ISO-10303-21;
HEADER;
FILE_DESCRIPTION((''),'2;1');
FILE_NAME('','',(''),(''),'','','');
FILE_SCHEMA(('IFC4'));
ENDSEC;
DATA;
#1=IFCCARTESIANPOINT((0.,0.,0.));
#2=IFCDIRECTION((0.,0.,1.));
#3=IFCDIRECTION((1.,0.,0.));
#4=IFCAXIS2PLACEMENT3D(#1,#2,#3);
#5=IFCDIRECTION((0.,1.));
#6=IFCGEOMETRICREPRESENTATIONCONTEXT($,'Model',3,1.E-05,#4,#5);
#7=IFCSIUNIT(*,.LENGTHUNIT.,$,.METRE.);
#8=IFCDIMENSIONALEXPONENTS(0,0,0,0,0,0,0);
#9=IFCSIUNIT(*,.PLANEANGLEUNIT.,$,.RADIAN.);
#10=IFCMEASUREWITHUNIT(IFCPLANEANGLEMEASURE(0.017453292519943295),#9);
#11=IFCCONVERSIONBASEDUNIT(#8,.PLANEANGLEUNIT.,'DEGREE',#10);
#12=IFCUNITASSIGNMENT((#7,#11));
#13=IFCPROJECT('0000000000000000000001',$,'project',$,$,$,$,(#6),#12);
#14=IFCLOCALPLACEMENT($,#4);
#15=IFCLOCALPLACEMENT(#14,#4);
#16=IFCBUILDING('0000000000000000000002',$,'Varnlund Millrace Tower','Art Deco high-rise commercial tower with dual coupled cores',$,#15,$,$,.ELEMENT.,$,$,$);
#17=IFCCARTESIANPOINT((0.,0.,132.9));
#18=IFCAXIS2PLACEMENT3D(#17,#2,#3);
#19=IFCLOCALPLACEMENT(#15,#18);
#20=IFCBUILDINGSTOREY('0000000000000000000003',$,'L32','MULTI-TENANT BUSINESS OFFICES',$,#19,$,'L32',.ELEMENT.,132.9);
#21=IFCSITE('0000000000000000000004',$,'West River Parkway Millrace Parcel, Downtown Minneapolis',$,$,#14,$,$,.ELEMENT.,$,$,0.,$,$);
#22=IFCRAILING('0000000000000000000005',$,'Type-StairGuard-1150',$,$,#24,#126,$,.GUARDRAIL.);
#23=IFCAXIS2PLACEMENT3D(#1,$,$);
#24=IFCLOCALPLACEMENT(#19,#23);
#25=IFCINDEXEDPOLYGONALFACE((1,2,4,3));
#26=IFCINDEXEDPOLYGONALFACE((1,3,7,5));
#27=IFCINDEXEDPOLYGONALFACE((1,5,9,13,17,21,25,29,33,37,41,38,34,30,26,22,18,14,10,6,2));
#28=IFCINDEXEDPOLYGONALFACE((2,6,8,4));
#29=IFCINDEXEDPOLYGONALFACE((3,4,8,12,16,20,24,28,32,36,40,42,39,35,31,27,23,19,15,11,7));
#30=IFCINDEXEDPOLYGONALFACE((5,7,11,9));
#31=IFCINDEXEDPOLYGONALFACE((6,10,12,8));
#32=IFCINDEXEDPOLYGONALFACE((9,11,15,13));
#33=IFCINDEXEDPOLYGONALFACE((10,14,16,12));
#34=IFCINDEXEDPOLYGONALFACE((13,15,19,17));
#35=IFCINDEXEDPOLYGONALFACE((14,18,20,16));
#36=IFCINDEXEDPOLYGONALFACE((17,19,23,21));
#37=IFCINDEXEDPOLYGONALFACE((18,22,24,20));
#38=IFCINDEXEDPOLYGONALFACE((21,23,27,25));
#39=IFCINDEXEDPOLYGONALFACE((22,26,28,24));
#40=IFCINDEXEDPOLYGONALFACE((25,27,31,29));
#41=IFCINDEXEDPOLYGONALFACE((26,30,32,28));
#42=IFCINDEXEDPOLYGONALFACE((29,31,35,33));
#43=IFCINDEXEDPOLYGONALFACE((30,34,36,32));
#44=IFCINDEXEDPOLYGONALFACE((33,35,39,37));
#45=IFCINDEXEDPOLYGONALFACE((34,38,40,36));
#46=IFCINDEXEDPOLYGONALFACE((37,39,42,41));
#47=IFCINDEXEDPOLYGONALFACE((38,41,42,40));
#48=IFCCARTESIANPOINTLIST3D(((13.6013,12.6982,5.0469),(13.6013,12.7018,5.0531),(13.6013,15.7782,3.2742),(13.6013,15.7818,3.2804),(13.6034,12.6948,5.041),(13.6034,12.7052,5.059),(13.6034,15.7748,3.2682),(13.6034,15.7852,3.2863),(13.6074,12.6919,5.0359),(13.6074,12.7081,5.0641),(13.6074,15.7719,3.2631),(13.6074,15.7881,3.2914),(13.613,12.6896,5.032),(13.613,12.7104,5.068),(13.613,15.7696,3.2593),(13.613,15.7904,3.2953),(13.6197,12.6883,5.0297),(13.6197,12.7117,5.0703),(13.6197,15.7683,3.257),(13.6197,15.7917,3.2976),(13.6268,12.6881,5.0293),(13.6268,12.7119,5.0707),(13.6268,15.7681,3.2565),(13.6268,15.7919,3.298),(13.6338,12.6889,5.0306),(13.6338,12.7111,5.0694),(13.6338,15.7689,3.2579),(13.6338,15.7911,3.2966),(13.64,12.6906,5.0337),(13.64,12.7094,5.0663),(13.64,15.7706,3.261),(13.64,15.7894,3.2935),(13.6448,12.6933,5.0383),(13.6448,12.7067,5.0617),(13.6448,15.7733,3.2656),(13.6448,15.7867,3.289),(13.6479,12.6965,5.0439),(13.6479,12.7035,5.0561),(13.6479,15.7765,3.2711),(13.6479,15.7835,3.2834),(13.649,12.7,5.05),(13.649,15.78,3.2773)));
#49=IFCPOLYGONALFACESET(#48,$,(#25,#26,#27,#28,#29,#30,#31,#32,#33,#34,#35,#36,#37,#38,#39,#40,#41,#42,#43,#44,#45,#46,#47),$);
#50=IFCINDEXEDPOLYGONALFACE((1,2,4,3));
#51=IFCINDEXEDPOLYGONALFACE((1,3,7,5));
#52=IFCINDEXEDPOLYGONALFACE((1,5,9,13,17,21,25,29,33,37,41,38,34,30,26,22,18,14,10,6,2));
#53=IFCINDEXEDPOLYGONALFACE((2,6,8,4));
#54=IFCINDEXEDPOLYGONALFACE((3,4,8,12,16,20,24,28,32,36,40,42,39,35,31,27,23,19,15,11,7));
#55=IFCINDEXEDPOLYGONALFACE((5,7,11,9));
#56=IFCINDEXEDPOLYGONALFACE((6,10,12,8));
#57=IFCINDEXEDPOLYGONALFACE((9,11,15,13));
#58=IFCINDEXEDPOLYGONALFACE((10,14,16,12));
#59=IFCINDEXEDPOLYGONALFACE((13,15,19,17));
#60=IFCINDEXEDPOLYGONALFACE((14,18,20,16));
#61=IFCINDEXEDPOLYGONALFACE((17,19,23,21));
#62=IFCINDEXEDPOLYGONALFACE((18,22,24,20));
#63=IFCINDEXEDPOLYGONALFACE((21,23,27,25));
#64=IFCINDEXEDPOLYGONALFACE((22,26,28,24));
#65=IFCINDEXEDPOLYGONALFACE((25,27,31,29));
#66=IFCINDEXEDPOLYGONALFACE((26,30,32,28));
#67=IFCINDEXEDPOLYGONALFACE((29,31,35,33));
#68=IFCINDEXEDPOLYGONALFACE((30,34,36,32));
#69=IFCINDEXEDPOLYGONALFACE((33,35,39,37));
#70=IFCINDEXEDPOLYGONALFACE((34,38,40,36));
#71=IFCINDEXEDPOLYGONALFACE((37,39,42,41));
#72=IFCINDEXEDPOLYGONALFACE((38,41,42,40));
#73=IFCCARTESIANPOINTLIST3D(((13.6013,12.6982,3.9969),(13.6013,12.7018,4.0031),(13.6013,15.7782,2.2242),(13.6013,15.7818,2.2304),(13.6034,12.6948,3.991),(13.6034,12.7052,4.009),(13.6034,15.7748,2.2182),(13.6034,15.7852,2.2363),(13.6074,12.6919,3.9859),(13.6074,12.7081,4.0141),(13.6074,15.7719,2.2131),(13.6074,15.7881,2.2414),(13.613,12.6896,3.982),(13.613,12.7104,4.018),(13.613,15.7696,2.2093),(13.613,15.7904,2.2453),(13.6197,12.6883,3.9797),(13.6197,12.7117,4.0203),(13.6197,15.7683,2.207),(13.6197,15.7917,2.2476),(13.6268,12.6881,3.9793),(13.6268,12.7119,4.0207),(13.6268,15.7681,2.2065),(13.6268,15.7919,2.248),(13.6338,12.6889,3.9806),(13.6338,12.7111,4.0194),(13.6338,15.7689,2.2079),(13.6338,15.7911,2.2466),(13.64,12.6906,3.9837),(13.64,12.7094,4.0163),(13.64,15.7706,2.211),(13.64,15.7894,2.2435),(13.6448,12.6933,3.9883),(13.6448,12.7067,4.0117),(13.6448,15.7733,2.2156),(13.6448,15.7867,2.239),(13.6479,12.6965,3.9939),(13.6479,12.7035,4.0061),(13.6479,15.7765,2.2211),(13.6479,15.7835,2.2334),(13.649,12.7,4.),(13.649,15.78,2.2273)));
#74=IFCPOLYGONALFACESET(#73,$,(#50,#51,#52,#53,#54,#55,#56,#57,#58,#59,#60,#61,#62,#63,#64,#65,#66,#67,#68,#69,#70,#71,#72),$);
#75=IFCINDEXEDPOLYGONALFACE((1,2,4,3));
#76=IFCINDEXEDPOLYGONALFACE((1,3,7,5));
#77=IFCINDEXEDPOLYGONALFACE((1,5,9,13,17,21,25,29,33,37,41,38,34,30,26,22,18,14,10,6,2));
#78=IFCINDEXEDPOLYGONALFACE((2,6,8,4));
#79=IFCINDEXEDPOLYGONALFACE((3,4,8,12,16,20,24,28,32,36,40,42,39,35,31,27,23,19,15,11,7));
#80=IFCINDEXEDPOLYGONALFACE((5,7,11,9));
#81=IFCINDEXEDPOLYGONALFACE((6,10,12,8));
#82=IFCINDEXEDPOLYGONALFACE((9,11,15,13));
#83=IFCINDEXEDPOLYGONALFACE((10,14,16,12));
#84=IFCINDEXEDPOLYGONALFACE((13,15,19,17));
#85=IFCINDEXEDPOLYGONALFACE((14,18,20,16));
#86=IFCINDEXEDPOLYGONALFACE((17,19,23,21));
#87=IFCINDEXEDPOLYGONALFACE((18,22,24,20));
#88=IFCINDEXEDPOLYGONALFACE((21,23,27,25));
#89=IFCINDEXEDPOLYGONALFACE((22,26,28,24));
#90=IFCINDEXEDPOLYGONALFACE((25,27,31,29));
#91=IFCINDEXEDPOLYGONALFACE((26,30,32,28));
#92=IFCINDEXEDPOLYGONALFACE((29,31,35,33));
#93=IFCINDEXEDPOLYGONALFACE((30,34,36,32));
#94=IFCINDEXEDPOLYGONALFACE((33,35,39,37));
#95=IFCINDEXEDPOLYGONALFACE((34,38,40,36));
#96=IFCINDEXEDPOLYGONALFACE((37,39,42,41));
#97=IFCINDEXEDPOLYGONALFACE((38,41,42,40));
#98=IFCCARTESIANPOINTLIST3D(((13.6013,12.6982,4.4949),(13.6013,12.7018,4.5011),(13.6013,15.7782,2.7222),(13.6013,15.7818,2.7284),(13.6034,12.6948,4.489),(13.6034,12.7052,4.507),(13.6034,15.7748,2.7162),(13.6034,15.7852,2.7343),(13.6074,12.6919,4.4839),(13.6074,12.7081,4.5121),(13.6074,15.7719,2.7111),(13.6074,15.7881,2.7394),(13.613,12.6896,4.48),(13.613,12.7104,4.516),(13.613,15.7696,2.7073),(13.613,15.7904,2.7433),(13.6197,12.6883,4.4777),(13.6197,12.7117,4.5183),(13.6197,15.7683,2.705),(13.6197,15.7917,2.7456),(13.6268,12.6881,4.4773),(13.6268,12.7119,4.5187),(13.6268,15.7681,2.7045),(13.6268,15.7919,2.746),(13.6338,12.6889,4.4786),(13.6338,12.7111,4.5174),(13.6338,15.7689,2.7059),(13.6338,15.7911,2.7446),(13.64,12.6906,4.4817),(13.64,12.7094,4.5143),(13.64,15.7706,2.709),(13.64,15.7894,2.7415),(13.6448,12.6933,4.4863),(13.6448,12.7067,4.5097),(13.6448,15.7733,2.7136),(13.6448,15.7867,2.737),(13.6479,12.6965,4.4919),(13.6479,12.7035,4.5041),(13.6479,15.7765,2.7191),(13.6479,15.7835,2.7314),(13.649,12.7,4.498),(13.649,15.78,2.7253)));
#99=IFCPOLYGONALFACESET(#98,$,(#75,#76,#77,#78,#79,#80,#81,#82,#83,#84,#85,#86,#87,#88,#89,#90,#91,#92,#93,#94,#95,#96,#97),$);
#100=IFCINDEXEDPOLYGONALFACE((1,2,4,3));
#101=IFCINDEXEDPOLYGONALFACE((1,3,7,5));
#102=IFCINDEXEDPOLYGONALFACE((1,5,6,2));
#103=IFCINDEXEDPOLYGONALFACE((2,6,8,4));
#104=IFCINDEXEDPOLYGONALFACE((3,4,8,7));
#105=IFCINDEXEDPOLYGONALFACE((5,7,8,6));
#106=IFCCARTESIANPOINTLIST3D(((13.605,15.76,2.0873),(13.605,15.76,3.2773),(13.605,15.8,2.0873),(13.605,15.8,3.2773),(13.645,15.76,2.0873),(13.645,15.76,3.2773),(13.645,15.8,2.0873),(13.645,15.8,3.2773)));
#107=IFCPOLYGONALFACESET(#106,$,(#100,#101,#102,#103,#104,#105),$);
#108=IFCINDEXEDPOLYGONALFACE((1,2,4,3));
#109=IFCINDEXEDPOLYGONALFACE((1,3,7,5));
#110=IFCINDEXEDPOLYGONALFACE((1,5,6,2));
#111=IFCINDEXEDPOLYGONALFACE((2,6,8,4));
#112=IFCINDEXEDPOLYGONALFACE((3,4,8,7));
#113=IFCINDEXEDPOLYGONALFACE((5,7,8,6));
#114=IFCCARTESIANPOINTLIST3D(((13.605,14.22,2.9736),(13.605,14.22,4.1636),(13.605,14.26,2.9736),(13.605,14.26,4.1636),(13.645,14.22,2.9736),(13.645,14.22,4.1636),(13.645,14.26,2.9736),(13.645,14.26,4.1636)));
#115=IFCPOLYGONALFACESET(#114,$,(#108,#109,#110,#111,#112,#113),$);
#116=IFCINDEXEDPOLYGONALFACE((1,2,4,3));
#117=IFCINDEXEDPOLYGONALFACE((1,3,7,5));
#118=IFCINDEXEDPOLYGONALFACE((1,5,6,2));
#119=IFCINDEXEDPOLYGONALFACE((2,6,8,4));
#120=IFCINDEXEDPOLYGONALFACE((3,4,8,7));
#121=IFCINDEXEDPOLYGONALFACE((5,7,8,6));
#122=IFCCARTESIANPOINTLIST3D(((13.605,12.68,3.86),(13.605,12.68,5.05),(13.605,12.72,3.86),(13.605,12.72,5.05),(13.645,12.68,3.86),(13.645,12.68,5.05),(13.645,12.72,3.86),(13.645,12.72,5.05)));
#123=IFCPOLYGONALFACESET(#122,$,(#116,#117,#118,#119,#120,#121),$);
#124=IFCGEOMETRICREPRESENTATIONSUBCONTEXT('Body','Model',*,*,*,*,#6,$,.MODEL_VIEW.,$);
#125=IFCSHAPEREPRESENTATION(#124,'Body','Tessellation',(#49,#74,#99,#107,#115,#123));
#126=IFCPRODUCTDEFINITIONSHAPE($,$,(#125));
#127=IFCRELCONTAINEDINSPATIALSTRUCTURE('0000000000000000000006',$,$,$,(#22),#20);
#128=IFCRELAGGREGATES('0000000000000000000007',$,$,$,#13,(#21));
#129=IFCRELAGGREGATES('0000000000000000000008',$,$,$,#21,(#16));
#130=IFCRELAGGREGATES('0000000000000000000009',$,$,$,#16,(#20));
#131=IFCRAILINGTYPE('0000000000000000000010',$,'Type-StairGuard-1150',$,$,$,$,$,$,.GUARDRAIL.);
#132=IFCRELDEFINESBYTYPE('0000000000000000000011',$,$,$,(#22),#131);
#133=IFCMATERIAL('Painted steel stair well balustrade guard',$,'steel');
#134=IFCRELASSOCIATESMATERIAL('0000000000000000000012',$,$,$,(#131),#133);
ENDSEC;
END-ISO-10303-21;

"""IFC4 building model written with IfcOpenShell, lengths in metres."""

from ifc_helpers import new_model, entity, si_unit, converted_unit, direction, frame, origin_with_axes, origin_2d_with_axis, place, context, subcontext, project, spatial, rectangle, circle, extrude, material, type_object, element, save


model = new_model("IFC4")

# Units and contexts
model_context = context("Model", 3, precision=1e-05, world=origin_with_axes(), true_north=direction((0.0, 1.0)))
body_context = subcontext(model_context, "Body", "Model", "MODEL_VIEW")
ifc_project = project(units=[si_unit("LENGTHUNIT", "METRE"), converted_unit("PLANEANGLEUNIT", "DEGREE", entity("IfcPlaneAngleMeasure", 0.017453292519943295), si_unit("PLANEANGLEUNIT", "RADIAN"), dimensions=[0, 0, 0, 0, 0, 0, 0])], contexts=[model_context])

# Site, building, storey
site_placement = place(None, origin_with_axes())
site = spatial("IfcSite", under=ifc_project, at=site_placement, Name="West River Parkway Millrace Parcel, Downtown Minneapolis", CompositionType="ELEMENT", RefElevation=0.0)
building_placement = place(site_placement, origin_with_axes())
building = spatial("IfcBuilding", under=site, at=building_placement, Name="Varnlund Millrace Tower", Description="Art Deco high-rise commercial tower with dual coupled cores", CompositionType="ELEMENT")
storey_placement = place(building_placement, frame((0.0, 0.0, 132.9), z_axis=(0.0, 0.0, 1.0), x_axis=(1.0, 0.0, 0.0)))
storey = spatial("IfcBuildingStorey", under=building, at=storey_placement, Name="L32", Description="MULTI-TENANT BUSINESS OFFICES", LongName="L32", CompositionType="ELEMENT", Elevation=132.9)

# Railing
ifc_material_1 = material(Name="Painted steel stair well balustrade guard", Category="steel")
railing_type_1 = type_object("IfcRailingType", Name="Type-StairGuard-1150", PredefinedType="GUARDRAIL", material=ifc_material_1)
railing_1_placement = place(storey_placement, frame((0.0, 0.0, -132.9), z_axis=(0.0, 0.0, 1.0), x_axis=(1.0, 0.0, 0.0)))
element("IfcRailing", 1, at=railing_1_placement, inside=storey, type_object=railing_type_1, Name="Type-StairGuard-1150", PredefinedType="GUARDRAIL", context=body_context, shape_type="SweptSolid", body=[
    extrude(circle(Radius=0.024, at=origin_2d_with_axis()), frame((13.625, 15.78, 136.1773), z_axis=(0.0, -0.866696, 0.498836), x_axis=(1.0, 0.0, 0.0)), (0.0, 0.0, 1.0), 3.5537),
    extrude(circle(Radius=0.024, at=origin_2d_with_axis()), frame((13.625, 15.78, 135.1273), z_axis=(0.0, -0.866696, 0.498836), x_axis=(1.0, 0.0, 0.0)), (0.0, 0.0, 1.0), 3.5537),
    extrude(circle(Radius=0.024, at=origin_2d_with_axis()), frame((13.625, 15.78, 135.6253), z_axis=(0.0, -0.866696, 0.498836), x_axis=(1.0, 0.0, 0.0)), (0.0, 0.0, 1.0), 3.5537),
    extrude(rectangle(XDim=0.04, YDim=0.04, at=origin_2d_with_axis()), frame((13.625, 15.78, 134.9873), z_axis=(0.0, 0.0, 1.0), x_axis=(1.0, 0.0, 0.0)), (0.0, 0.0, 1.0), 1.19),
    extrude(rectangle(XDim=0.04, YDim=0.04, at=origin_2d_with_axis()), frame((13.625, 14.24, 135.8736), z_axis=(0.0, 0.0, 1.0), x_axis=(1.0, 0.0, 0.0)), (0.0, 0.0, 1.0), 1.19),
    extrude(rectangle(XDim=0.04, YDim=0.04, at=origin_2d_with_axis()), frame((13.625, 12.7, 136.76), z_axis=(0.0, 0.0, 1.0), x_axis=(1.0, 0.0, 0.0)), (0.0, 0.0, 1.0), 1.19),
])

save(model, "model.ifc")
